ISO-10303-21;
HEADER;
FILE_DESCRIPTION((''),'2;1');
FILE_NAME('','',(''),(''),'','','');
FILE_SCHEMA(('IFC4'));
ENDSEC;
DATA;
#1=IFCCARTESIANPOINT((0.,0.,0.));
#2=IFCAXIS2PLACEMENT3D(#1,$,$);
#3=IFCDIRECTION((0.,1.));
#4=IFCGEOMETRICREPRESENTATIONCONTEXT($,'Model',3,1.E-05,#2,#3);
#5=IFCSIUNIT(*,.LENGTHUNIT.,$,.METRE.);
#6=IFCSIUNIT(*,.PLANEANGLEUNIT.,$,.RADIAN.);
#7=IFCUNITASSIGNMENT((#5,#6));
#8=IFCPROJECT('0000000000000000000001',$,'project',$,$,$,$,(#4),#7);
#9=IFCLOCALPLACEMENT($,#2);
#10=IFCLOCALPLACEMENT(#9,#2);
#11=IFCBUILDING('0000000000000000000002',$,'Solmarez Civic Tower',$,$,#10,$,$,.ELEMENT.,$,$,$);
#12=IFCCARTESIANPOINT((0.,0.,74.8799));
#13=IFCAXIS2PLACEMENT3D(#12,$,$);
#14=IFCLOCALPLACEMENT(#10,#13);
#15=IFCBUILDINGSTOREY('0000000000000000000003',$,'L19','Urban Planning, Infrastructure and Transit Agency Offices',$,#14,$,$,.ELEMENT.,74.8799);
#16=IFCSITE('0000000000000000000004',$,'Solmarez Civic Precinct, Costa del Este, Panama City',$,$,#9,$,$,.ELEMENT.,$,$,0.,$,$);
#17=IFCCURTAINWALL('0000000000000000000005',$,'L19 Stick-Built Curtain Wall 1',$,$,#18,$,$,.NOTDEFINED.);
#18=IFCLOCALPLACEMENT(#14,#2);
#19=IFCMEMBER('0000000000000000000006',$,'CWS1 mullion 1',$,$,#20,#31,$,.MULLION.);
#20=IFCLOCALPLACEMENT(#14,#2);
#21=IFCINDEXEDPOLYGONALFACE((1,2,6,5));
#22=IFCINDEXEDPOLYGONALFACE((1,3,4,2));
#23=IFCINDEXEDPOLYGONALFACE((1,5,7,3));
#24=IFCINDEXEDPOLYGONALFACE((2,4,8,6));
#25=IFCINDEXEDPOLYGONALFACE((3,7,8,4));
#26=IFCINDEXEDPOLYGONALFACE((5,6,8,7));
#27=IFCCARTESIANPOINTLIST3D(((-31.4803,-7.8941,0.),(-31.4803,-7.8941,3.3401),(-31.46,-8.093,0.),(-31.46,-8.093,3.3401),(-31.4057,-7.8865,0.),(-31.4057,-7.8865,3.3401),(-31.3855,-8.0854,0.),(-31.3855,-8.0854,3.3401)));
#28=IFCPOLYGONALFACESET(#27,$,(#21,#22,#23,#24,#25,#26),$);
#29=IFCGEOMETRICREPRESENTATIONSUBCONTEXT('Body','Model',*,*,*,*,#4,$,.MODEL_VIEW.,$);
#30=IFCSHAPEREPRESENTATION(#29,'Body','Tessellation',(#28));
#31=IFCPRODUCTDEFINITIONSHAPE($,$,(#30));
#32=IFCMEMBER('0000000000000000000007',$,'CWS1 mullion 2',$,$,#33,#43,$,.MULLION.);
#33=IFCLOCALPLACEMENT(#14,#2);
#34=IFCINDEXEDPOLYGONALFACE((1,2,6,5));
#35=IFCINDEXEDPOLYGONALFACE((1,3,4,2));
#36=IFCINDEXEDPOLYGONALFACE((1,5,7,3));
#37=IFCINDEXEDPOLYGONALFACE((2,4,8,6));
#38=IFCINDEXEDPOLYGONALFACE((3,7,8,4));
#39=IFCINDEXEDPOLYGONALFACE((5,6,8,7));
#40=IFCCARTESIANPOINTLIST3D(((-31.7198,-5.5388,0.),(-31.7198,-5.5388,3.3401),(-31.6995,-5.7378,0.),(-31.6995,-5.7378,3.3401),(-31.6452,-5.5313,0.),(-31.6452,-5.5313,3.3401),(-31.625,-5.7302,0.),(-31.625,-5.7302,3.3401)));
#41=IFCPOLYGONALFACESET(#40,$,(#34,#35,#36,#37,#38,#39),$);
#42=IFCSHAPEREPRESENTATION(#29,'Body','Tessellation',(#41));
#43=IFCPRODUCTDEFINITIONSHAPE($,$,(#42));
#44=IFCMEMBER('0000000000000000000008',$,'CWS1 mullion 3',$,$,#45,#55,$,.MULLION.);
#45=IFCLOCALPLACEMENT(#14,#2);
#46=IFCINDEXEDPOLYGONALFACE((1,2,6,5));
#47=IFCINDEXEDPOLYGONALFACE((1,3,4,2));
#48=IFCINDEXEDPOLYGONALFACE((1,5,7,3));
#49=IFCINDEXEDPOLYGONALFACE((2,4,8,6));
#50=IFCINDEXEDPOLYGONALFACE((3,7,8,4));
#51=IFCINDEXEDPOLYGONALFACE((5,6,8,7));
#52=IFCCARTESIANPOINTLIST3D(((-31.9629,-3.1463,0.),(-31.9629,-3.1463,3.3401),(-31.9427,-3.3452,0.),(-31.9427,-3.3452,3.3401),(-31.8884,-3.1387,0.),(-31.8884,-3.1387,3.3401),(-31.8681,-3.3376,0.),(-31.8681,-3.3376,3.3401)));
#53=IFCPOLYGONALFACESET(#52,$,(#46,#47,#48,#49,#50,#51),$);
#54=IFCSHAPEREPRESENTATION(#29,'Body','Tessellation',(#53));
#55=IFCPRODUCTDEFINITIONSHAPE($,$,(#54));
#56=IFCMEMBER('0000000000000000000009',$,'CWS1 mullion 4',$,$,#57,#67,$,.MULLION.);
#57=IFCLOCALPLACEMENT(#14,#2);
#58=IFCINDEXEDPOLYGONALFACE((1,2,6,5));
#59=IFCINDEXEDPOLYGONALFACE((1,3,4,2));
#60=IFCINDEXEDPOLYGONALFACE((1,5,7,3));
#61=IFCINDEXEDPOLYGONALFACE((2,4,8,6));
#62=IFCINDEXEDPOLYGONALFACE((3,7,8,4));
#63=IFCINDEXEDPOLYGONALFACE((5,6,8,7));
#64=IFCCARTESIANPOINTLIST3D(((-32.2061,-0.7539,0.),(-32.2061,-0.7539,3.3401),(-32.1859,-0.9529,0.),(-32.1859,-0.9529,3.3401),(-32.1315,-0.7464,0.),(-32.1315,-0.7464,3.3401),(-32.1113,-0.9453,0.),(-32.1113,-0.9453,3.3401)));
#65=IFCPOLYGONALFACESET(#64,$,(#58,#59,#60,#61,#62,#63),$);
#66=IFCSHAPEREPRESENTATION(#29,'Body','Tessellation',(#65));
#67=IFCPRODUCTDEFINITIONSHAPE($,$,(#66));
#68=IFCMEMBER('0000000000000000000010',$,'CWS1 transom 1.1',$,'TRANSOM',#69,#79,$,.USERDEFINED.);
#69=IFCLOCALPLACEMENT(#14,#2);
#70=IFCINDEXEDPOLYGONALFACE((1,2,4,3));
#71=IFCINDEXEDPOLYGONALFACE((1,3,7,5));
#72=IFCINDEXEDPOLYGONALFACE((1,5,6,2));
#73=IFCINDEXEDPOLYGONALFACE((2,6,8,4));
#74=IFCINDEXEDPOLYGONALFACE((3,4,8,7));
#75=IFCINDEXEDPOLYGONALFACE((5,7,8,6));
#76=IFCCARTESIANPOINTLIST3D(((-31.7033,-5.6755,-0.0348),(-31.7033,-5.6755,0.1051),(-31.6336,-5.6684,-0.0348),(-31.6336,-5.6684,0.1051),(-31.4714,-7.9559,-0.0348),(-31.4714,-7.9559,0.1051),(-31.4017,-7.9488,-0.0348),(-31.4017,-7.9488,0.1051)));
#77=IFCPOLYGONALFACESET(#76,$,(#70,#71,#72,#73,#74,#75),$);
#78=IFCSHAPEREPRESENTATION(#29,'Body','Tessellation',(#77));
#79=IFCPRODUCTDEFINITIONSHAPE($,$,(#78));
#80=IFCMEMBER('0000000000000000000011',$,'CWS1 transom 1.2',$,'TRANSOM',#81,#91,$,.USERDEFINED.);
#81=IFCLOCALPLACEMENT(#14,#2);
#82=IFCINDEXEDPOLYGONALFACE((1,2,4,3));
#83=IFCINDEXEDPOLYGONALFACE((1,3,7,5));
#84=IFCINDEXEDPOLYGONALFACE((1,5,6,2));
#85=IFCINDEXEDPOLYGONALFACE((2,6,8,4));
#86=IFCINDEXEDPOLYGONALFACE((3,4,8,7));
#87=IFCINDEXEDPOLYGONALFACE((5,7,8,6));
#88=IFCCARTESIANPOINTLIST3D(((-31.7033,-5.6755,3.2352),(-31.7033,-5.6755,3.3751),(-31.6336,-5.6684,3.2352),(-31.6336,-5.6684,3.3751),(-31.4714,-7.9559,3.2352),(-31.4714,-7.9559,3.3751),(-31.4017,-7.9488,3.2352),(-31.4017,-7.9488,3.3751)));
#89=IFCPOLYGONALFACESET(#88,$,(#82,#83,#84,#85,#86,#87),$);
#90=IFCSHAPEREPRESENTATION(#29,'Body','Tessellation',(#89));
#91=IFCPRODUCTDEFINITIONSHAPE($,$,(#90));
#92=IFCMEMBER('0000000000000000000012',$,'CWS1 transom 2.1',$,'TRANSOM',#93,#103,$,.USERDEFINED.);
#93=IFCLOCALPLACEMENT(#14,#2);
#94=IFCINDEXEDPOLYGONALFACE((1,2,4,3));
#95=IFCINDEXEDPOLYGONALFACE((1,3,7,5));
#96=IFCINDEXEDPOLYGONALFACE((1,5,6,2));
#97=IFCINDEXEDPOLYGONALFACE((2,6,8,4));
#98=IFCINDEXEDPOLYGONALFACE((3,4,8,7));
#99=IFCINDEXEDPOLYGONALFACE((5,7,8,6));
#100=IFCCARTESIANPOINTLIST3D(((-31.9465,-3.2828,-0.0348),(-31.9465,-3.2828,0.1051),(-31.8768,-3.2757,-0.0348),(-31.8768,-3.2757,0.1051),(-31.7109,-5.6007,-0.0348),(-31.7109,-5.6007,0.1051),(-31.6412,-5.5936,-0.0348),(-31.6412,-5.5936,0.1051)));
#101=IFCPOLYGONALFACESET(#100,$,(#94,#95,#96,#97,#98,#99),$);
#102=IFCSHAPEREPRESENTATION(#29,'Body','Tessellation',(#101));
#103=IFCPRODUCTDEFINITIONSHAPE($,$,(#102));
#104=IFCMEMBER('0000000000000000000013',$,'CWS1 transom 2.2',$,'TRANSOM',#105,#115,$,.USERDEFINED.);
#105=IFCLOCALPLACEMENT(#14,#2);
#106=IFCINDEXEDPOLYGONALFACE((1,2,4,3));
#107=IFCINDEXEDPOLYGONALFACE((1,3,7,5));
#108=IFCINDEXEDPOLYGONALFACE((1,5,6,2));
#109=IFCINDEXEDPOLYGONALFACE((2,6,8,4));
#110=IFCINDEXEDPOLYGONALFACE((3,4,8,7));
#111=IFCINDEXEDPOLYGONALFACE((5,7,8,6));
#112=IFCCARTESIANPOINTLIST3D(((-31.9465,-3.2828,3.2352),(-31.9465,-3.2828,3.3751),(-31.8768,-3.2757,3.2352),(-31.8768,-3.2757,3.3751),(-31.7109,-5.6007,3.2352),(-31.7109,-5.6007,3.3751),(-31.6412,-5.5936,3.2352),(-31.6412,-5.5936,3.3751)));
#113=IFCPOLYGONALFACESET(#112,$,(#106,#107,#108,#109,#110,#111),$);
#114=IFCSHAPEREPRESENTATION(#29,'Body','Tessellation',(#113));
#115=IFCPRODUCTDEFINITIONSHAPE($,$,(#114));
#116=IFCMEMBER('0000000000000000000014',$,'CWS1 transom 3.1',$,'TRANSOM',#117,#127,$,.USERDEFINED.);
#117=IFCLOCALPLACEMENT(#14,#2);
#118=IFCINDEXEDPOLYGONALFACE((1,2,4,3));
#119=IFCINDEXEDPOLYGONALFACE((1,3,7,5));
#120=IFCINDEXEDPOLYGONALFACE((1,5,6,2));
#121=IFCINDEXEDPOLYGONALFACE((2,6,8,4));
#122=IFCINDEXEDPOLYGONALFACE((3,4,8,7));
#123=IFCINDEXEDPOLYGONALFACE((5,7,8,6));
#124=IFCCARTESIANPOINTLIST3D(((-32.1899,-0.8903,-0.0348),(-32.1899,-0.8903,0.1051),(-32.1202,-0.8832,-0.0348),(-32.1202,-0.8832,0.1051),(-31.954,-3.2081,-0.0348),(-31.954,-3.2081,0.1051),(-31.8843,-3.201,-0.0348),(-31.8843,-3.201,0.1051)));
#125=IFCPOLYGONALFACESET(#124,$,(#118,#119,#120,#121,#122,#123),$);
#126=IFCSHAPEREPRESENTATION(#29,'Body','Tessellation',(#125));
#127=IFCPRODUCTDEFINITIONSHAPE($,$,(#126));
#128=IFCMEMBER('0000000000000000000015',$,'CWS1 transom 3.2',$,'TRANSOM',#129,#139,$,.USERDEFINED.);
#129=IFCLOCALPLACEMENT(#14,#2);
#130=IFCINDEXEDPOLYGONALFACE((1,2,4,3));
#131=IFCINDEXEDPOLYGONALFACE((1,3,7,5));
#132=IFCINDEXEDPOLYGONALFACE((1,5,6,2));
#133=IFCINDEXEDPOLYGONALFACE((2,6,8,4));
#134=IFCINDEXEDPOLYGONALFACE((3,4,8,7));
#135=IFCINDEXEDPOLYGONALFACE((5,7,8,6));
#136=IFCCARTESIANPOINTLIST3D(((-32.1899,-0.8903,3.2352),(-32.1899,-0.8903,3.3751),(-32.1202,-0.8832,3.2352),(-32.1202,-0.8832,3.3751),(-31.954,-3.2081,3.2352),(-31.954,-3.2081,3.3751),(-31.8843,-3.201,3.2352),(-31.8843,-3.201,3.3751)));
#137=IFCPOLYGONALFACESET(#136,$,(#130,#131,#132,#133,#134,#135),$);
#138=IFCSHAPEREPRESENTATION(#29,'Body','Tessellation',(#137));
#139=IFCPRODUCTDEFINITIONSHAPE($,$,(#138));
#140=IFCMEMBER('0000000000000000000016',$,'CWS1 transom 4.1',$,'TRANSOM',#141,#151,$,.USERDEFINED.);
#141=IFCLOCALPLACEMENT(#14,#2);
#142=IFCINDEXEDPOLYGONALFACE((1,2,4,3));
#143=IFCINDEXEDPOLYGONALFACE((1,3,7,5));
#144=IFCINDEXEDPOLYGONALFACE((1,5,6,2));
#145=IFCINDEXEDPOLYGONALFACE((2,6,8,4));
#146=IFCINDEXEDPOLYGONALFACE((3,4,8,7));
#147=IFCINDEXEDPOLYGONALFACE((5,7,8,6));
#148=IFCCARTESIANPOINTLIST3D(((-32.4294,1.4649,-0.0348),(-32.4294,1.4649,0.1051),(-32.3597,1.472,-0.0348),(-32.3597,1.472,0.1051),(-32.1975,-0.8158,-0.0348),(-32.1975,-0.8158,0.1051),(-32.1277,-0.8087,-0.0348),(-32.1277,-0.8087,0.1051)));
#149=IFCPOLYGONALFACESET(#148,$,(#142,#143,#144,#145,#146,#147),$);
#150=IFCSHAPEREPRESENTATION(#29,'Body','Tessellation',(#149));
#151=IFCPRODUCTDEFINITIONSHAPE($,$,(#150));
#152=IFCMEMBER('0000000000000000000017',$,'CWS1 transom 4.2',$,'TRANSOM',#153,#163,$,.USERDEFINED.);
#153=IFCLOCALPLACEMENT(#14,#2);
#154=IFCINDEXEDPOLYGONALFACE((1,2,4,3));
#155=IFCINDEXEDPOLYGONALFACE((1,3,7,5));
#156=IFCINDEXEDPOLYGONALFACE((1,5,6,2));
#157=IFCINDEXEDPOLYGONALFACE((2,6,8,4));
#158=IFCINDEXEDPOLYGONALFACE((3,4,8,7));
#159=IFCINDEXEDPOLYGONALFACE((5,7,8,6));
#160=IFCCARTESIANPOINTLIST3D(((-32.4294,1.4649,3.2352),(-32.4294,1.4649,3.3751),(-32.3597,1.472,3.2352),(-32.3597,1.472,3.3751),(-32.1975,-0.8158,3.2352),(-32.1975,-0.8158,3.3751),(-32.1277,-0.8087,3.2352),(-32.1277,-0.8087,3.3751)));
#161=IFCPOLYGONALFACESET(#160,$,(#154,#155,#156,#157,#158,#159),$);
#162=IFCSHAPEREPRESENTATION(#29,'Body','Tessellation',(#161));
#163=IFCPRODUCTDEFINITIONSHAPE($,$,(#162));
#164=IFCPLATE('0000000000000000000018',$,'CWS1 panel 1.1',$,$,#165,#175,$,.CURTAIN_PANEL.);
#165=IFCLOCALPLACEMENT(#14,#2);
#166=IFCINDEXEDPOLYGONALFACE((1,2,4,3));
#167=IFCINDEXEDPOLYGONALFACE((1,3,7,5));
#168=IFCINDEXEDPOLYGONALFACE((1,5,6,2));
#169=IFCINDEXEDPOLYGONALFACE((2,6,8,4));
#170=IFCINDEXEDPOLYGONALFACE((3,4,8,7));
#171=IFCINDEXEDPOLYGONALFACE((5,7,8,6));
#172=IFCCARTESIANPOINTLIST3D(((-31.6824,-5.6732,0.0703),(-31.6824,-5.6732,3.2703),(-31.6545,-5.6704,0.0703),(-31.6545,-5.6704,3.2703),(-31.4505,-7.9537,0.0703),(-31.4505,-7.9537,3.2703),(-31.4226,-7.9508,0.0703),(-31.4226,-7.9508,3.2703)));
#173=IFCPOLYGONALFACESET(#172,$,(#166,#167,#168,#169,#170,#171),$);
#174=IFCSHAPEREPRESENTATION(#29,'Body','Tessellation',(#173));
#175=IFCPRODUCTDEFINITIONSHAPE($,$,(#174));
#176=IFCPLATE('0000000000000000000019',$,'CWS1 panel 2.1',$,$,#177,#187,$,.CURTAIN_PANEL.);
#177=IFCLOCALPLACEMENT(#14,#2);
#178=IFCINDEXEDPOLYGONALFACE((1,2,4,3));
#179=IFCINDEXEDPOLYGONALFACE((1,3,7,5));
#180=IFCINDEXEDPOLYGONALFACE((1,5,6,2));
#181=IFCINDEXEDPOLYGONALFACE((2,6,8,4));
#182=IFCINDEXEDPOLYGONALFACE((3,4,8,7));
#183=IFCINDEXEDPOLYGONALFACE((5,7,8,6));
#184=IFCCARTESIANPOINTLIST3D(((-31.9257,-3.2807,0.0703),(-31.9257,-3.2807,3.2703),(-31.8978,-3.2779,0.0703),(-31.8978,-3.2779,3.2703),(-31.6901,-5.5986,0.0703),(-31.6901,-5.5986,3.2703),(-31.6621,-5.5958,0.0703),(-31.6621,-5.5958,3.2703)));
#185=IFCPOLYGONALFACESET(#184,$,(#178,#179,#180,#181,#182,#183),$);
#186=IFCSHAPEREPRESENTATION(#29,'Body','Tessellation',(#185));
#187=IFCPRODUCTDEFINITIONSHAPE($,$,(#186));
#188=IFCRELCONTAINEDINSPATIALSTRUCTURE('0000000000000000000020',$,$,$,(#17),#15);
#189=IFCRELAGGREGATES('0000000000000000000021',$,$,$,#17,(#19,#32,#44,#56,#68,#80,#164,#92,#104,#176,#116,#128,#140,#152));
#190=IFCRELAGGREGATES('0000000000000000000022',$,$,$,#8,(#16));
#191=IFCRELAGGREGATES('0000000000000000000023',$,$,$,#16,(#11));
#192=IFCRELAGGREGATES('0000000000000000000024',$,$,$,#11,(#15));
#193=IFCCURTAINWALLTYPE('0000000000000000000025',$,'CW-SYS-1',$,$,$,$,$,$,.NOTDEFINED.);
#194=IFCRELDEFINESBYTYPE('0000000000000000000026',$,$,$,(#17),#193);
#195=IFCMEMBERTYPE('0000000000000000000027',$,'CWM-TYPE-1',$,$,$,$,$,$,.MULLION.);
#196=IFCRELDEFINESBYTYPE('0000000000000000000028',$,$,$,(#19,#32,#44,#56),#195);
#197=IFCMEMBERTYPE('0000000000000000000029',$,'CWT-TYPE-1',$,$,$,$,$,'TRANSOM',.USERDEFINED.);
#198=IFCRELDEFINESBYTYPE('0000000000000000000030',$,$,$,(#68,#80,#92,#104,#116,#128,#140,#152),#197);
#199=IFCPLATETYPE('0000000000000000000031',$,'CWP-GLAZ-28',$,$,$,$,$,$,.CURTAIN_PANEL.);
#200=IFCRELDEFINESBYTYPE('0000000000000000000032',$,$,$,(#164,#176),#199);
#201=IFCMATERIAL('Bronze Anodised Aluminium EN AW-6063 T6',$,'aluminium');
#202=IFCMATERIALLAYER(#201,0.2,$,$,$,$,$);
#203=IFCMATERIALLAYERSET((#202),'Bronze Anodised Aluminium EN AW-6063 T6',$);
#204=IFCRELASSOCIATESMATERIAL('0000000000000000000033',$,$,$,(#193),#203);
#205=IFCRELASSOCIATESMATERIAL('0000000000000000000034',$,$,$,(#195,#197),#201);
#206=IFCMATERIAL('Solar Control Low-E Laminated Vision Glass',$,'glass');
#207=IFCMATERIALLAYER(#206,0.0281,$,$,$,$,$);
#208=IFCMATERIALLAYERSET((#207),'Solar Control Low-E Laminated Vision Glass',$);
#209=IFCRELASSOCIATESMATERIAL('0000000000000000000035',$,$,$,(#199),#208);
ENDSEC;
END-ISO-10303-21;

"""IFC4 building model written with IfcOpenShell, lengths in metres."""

from ifc_helpers import new_model, si_unit, direction, frame, origin, origin_2d, place, context, subcontext, project, spatial, rectangle, extrude, material, layer, layer_set, material_profile, profile_set, type_object, element, aggregate, save


model = new_model("IFC4")

# Units and contexts
model_context = context("Model", 3, precision=1e-05, world=origin(), true_north=direction((0.0, 1.0)))
body_context = subcontext(model_context, "Body", "Model", "MODEL_VIEW")
ifc_project = project(units=[si_unit("LENGTHUNIT", "METRE"), si_unit("PLANEANGLEUNIT", "RADIAN")], contexts=[model_context])

# Site, building, storey
site_placement = place(None, origin())
site = spatial("IfcSite", under=ifc_project, at=site_placement, Name="Solmarez Civic Precinct, Costa del Este, Panama City", CompositionType="ELEMENT", RefElevation=0.0)
building_placement = place(site_placement, origin())
building = spatial("IfcBuilding", under=site, at=building_placement, Name="Solmarez Civic Tower", CompositionType="ELEMENT")
storey_placement = place(building_placement, frame((0.0, 0.0, 74.8799)))
storey = spatial("IfcBuildingStorey", under=building, at=storey_placement, Name="L19", Description="Urban Planning, Infrastructure and Transit Agency Offices", CompositionType="ELEMENT", Elevation=74.8799)

# Curtain wall, members, plates
ifc_material_1 = material(Name="Bronze Anodised Aluminium EN AW-6063 T6", Category="aluminium")
ifc_layer_1 = layer(ifc_material_1, 0.2)
ifc_layer_set_1 = layer_set([ifc_layer_1], Name="Bronze Anodised Aluminium EN AW-6063 T6")
curtain_wall_type = type_object("IfcCurtainWallType", Name="CW-SYS-1", PredefinedType="NOTDEFINED", material=ifc_layer_set_1)
curtain_wall_placement = place(storey_placement, origin())
curtain_wall = element("IfcCurtainWall", 1, at=curtain_wall_placement, inside=storey, type_object=curtain_wall_type, Name="L19 Stick-Built Curtain Wall 1", PredefinedType="NOTDEFINED")
ifc_material_profile_1 = material_profile(ifc_material_1, rectangle(XDim=0.075, YDim=0.2, at=origin_2d()), Name="CWM-75X200")
ifc_profile_set_1 = profile_set([ifc_material_profile_1], Name="Bronze Anodised Aluminium EN AW-6063 T6")
member_type_1 = type_object("IfcMemberType", Name="CWM-TYPE-1", PredefinedType="MULLION", material=ifc_profile_set_1)
member_1_placement = place(storey_placement, frame((-31.4329, -7.9897, 0.0), z_axis=(0.0, 0.0, 1.0), x_axis=(-0.994871, -0.10115, 0.0)))
member_1 = element("IfcMember", 2, at=member_1_placement, type_object=member_type_1, Name="CWS1 mullion 1", PredefinedType="MULLION", context=body_context, shape_type="SweptSolid", body=[
    extrude(rectangle(XDim=0.075, YDim=0.2, at=origin_2d()), origin(), (0.0, 0.0, 1.0), 3.3401),
])
member_2_placement = place(storey_placement, frame((-31.6724, -5.6345, 0.0), z_axis=(0.0, 0.0, 1.0), x_axis=(-0.994871, -0.10115, 0.0)))
member_2 = element("IfcMember", 3, at=member_2_placement, type_object=member_type_1, Name="CWS1 mullion 2", PredefinedType="MULLION", context=body_context, shape_type="SweptSolid", body=[
    extrude(rectangle(XDim=0.075, YDim=0.2, at=origin_2d()), origin(), (0.0, 0.0, 1.0), 3.3401),
])
member_3_placement = place(storey_placement, frame((-31.9155, -3.2419, 0.0), z_axis=(0.0, 0.0, 1.0), x_axis=(-0.994871, -0.10115, 0.0)))
member_3 = element("IfcMember", 4, at=member_3_placement, type_object=member_type_1, Name="CWS1 mullion 3", PredefinedType="MULLION", context=body_context, shape_type="SweptSolid", body=[
    extrude(rectangle(XDim=0.075, YDim=0.2, at=origin_2d()), origin(), (0.0, 0.0, 1.0), 3.3401),
])
member_4_placement = place(storey_placement, frame((-32.1587, -0.8496, 0.0), z_axis=(0.0, 0.0, 1.0), x_axis=(-0.994871, -0.10115, 0.0)))
member_4 = element("IfcMember", 5, at=member_4_placement, type_object=member_type_1, Name="CWS1 mullion 4", PredefinedType="MULLION", context=body_context, shape_type="SweptSolid", body=[
    extrude(rectangle(XDim=0.075, YDim=0.2, at=origin_2d()), origin(), (0.0, 0.0, 1.0), 3.3401),
])
ifc_material_profile_2 = material_profile(ifc_material_1, rectangle(XDim=0.0701, YDim=0.1399, at=origin_2d()), Name="CWT-70X140")
ifc_profile_set_2 = profile_set([ifc_material_profile_2], Name="Bronze Anodised Aluminium EN AW-6063 T6")
member_type_2 = type_object("IfcMemberType", Name="CWT-TYPE-1", ElementType="TRANSOM", PredefinedType="USERDEFINED", material=ifc_profile_set_2)
member_5_placement = place(storey_placement, frame((-31.4365, -7.9524, 0.0352), z_axis=(-0.10118, 0.994868, 0.0), x_axis=(-0.994868, -0.10118, 0.0)))
member_5 = element("IfcMember", 6, at=member_5_placement, type_object=member_type_2, Name="CWS1 transom 1.1", ObjectType="TRANSOM", PredefinedType="USERDEFINED", context=body_context, shape_type="SweptSolid", body=[
    extrude(rectangle(XDim=0.0701, YDim=0.1399, at=origin_2d()), origin(), (0.0, 0.0, 1.0), 2.2922),
])
member_6_placement = place(storey_placement, frame((-31.4365, -7.9524, 3.3052), z_axis=(-0.10118, 0.994868, 0.0), x_axis=(-0.994868, -0.10118, 0.0)))
member_6 = element("IfcMember", 7, at=member_6_placement, type_object=member_type_2, Name="CWS1 transom 1.2", ObjectType="TRANSOM", PredefinedType="USERDEFINED", context=body_context, shape_type="SweptSolid", body=[
    extrude(rectangle(XDim=0.0701, YDim=0.1399, at=origin_2d()), origin(), (0.0, 0.0, 1.0), 2.2922),
])
member_7_placement = place(storey_placement, frame((-31.676, -5.5972, 0.0352), z_axis=(-0.101122, 0.994874, 0.0), x_axis=(-0.994874, -0.101122, 0.0)))
member_7 = element("IfcMember", 8, at=member_7_placement, type_object=member_type_2, Name="CWS1 transom 2.1", ObjectType="TRANSOM", PredefinedType="USERDEFINED", context=body_context, shape_type="SweptSolid", body=[
    extrude(rectangle(XDim=0.0701, YDim=0.1399, at=origin_2d()), origin(), (0.0, 0.0, 1.0), 2.3298),
])
member_8_placement = place(storey_placement, frame((-31.676, -5.5972, 3.3052), z_axis=(-0.101122, 0.994874, 0.0), x_axis=(-0.994874, -0.101122, 0.0)))
member_8 = element("IfcMember", 9, at=member_8_placement, type_object=member_type_2, Name="CWS1 transom 2.2", ObjectType="TRANSOM", PredefinedType="USERDEFINED", context=body_context, shape_type="SweptSolid", body=[
    extrude(rectangle(XDim=0.0701, YDim=0.1399, at=origin_2d()), origin(), (0.0, 0.0, 1.0), 2.3298),
])
member_9_placement = place(storey_placement, frame((-31.9192, -3.2046, 0.0352), z_axis=(-0.101226, 0.994863, 0.0), x_axis=(-0.994863, -0.101226, 0.0)))
member_9 = element("IfcMember", 10, at=member_9_placement, type_object=member_type_2, Name="CWS1 transom 3.1", ObjectType="TRANSOM", PredefinedType="USERDEFINED", context=body_context, shape_type="SweptSolid", body=[
    extrude(rectangle(XDim=0.0701, YDim=0.1399, at=origin_2d()), origin(), (0.0, 0.0, 1.0), 2.3298),
])
member_10_placement = place(storey_placement, frame((-31.9192, -3.2046, 3.3052), z_axis=(-0.101226, 0.994863, 0.0), x_axis=(-0.994863, -0.101226, 0.0)))
member_10 = element("IfcMember", 11, at=member_10_placement, type_object=member_type_2, Name="CWS1 transom 3.2", ObjectType="TRANSOM", PredefinedType="USERDEFINED", context=body_context, shape_type="SweptSolid", body=[
    extrude(rectangle(XDim=0.0701, YDim=0.1399, at=origin_2d()), origin(), (0.0, 0.0, 1.0), 2.3298),
])
member_11_placement = place(storey_placement, frame((-32.1626, -0.8123, 0.0352), z_axis=(-0.10117, 0.994869, 0.0), x_axis=(-0.994869, -0.10117, 0.0)))
member_11 = element("IfcMember", 12, at=member_11_placement, type_object=member_type_2, Name="CWS1 transom 4.1", ObjectType="TRANSOM", PredefinedType="USERDEFINED", context=body_context, shape_type="SweptSolid", body=[
    extrude(rectangle(XDim=0.0701, YDim=0.1399, at=origin_2d()), origin(), (0.0, 0.0, 1.0), 2.2925),
])
member_12_placement = place(storey_placement, frame((-32.1626, -0.8123, 3.3052), z_axis=(-0.10117, 0.994869, 0.0), x_axis=(-0.994869, -0.10117, 0.0)))
member_12 = element("IfcMember", 13, at=member_12_placement, type_object=member_type_2, Name="CWS1 transom 4.2", ObjectType="TRANSOM", PredefinedType="USERDEFINED", context=body_context, shape_type="SweptSolid", body=[
    extrude(rectangle(XDim=0.0701, YDim=0.1399, at=origin_2d()), origin(), (0.0, 0.0, 1.0), 2.2925),
])
ifc_material_2 = material(Name="Solar Control Low-E Laminated Vision Glass", Category="glass")
ifc_layer_2 = layer(ifc_material_2, 0.0281)
ifc_layer_set_2 = layer_set([ifc_layer_2], Name="Solar Control Low-E Laminated Vision Glass")
plate_type = type_object("IfcPlateType", Name="CWP-GLAZ-28", PredefinedType="CURTAIN_PANEL", material=ifc_layer_set_2)
plate_1_placement = place(storey_placement, frame((-31.5525, -6.812, 0.0703), z_axis=(0.0, 0.0, 1.0), x_axis=(-0.10115, 0.994871, 0.0)))
plate_1 = element("IfcPlate", 14, at=plate_1_placement, type_object=plate_type, Name="CWS1 panel 1.1", PredefinedType="CURTAIN_PANEL", context=body_context, shape_type="SweptSolid", body=[
    extrude(rectangle(XDim=2.2922, YDim=0.0281, at=origin_2d()), origin(), (0.0, 0.0, 1.0), 3.2),
])
plate_2_placement = place(storey_placement, frame((-31.7939, -4.4382, 0.0703), z_axis=(0.0, 0.0, 1.0), x_axis=(-0.10115, 0.994871, 0.0)))
plate_2 = element("IfcPlate", 15, at=plate_2_placement, type_object=plate_type, Name="CWS1 panel 2.1", PredefinedType="CURTAIN_PANEL", context=body_context, shape_type="SweptSolid", body=[
    extrude(rectangle(XDim=2.3298, YDim=0.0281, at=origin_2d()), origin(), (0.0, 0.0, 1.0), 3.2),
])
aggregate(curtain_wall, [member_1, member_2, member_3, member_4, member_5, member_6, plate_1, member_7, member_8, plate_2, member_9, member_10, member_11, member_12])

save(model, "model.ifc")
